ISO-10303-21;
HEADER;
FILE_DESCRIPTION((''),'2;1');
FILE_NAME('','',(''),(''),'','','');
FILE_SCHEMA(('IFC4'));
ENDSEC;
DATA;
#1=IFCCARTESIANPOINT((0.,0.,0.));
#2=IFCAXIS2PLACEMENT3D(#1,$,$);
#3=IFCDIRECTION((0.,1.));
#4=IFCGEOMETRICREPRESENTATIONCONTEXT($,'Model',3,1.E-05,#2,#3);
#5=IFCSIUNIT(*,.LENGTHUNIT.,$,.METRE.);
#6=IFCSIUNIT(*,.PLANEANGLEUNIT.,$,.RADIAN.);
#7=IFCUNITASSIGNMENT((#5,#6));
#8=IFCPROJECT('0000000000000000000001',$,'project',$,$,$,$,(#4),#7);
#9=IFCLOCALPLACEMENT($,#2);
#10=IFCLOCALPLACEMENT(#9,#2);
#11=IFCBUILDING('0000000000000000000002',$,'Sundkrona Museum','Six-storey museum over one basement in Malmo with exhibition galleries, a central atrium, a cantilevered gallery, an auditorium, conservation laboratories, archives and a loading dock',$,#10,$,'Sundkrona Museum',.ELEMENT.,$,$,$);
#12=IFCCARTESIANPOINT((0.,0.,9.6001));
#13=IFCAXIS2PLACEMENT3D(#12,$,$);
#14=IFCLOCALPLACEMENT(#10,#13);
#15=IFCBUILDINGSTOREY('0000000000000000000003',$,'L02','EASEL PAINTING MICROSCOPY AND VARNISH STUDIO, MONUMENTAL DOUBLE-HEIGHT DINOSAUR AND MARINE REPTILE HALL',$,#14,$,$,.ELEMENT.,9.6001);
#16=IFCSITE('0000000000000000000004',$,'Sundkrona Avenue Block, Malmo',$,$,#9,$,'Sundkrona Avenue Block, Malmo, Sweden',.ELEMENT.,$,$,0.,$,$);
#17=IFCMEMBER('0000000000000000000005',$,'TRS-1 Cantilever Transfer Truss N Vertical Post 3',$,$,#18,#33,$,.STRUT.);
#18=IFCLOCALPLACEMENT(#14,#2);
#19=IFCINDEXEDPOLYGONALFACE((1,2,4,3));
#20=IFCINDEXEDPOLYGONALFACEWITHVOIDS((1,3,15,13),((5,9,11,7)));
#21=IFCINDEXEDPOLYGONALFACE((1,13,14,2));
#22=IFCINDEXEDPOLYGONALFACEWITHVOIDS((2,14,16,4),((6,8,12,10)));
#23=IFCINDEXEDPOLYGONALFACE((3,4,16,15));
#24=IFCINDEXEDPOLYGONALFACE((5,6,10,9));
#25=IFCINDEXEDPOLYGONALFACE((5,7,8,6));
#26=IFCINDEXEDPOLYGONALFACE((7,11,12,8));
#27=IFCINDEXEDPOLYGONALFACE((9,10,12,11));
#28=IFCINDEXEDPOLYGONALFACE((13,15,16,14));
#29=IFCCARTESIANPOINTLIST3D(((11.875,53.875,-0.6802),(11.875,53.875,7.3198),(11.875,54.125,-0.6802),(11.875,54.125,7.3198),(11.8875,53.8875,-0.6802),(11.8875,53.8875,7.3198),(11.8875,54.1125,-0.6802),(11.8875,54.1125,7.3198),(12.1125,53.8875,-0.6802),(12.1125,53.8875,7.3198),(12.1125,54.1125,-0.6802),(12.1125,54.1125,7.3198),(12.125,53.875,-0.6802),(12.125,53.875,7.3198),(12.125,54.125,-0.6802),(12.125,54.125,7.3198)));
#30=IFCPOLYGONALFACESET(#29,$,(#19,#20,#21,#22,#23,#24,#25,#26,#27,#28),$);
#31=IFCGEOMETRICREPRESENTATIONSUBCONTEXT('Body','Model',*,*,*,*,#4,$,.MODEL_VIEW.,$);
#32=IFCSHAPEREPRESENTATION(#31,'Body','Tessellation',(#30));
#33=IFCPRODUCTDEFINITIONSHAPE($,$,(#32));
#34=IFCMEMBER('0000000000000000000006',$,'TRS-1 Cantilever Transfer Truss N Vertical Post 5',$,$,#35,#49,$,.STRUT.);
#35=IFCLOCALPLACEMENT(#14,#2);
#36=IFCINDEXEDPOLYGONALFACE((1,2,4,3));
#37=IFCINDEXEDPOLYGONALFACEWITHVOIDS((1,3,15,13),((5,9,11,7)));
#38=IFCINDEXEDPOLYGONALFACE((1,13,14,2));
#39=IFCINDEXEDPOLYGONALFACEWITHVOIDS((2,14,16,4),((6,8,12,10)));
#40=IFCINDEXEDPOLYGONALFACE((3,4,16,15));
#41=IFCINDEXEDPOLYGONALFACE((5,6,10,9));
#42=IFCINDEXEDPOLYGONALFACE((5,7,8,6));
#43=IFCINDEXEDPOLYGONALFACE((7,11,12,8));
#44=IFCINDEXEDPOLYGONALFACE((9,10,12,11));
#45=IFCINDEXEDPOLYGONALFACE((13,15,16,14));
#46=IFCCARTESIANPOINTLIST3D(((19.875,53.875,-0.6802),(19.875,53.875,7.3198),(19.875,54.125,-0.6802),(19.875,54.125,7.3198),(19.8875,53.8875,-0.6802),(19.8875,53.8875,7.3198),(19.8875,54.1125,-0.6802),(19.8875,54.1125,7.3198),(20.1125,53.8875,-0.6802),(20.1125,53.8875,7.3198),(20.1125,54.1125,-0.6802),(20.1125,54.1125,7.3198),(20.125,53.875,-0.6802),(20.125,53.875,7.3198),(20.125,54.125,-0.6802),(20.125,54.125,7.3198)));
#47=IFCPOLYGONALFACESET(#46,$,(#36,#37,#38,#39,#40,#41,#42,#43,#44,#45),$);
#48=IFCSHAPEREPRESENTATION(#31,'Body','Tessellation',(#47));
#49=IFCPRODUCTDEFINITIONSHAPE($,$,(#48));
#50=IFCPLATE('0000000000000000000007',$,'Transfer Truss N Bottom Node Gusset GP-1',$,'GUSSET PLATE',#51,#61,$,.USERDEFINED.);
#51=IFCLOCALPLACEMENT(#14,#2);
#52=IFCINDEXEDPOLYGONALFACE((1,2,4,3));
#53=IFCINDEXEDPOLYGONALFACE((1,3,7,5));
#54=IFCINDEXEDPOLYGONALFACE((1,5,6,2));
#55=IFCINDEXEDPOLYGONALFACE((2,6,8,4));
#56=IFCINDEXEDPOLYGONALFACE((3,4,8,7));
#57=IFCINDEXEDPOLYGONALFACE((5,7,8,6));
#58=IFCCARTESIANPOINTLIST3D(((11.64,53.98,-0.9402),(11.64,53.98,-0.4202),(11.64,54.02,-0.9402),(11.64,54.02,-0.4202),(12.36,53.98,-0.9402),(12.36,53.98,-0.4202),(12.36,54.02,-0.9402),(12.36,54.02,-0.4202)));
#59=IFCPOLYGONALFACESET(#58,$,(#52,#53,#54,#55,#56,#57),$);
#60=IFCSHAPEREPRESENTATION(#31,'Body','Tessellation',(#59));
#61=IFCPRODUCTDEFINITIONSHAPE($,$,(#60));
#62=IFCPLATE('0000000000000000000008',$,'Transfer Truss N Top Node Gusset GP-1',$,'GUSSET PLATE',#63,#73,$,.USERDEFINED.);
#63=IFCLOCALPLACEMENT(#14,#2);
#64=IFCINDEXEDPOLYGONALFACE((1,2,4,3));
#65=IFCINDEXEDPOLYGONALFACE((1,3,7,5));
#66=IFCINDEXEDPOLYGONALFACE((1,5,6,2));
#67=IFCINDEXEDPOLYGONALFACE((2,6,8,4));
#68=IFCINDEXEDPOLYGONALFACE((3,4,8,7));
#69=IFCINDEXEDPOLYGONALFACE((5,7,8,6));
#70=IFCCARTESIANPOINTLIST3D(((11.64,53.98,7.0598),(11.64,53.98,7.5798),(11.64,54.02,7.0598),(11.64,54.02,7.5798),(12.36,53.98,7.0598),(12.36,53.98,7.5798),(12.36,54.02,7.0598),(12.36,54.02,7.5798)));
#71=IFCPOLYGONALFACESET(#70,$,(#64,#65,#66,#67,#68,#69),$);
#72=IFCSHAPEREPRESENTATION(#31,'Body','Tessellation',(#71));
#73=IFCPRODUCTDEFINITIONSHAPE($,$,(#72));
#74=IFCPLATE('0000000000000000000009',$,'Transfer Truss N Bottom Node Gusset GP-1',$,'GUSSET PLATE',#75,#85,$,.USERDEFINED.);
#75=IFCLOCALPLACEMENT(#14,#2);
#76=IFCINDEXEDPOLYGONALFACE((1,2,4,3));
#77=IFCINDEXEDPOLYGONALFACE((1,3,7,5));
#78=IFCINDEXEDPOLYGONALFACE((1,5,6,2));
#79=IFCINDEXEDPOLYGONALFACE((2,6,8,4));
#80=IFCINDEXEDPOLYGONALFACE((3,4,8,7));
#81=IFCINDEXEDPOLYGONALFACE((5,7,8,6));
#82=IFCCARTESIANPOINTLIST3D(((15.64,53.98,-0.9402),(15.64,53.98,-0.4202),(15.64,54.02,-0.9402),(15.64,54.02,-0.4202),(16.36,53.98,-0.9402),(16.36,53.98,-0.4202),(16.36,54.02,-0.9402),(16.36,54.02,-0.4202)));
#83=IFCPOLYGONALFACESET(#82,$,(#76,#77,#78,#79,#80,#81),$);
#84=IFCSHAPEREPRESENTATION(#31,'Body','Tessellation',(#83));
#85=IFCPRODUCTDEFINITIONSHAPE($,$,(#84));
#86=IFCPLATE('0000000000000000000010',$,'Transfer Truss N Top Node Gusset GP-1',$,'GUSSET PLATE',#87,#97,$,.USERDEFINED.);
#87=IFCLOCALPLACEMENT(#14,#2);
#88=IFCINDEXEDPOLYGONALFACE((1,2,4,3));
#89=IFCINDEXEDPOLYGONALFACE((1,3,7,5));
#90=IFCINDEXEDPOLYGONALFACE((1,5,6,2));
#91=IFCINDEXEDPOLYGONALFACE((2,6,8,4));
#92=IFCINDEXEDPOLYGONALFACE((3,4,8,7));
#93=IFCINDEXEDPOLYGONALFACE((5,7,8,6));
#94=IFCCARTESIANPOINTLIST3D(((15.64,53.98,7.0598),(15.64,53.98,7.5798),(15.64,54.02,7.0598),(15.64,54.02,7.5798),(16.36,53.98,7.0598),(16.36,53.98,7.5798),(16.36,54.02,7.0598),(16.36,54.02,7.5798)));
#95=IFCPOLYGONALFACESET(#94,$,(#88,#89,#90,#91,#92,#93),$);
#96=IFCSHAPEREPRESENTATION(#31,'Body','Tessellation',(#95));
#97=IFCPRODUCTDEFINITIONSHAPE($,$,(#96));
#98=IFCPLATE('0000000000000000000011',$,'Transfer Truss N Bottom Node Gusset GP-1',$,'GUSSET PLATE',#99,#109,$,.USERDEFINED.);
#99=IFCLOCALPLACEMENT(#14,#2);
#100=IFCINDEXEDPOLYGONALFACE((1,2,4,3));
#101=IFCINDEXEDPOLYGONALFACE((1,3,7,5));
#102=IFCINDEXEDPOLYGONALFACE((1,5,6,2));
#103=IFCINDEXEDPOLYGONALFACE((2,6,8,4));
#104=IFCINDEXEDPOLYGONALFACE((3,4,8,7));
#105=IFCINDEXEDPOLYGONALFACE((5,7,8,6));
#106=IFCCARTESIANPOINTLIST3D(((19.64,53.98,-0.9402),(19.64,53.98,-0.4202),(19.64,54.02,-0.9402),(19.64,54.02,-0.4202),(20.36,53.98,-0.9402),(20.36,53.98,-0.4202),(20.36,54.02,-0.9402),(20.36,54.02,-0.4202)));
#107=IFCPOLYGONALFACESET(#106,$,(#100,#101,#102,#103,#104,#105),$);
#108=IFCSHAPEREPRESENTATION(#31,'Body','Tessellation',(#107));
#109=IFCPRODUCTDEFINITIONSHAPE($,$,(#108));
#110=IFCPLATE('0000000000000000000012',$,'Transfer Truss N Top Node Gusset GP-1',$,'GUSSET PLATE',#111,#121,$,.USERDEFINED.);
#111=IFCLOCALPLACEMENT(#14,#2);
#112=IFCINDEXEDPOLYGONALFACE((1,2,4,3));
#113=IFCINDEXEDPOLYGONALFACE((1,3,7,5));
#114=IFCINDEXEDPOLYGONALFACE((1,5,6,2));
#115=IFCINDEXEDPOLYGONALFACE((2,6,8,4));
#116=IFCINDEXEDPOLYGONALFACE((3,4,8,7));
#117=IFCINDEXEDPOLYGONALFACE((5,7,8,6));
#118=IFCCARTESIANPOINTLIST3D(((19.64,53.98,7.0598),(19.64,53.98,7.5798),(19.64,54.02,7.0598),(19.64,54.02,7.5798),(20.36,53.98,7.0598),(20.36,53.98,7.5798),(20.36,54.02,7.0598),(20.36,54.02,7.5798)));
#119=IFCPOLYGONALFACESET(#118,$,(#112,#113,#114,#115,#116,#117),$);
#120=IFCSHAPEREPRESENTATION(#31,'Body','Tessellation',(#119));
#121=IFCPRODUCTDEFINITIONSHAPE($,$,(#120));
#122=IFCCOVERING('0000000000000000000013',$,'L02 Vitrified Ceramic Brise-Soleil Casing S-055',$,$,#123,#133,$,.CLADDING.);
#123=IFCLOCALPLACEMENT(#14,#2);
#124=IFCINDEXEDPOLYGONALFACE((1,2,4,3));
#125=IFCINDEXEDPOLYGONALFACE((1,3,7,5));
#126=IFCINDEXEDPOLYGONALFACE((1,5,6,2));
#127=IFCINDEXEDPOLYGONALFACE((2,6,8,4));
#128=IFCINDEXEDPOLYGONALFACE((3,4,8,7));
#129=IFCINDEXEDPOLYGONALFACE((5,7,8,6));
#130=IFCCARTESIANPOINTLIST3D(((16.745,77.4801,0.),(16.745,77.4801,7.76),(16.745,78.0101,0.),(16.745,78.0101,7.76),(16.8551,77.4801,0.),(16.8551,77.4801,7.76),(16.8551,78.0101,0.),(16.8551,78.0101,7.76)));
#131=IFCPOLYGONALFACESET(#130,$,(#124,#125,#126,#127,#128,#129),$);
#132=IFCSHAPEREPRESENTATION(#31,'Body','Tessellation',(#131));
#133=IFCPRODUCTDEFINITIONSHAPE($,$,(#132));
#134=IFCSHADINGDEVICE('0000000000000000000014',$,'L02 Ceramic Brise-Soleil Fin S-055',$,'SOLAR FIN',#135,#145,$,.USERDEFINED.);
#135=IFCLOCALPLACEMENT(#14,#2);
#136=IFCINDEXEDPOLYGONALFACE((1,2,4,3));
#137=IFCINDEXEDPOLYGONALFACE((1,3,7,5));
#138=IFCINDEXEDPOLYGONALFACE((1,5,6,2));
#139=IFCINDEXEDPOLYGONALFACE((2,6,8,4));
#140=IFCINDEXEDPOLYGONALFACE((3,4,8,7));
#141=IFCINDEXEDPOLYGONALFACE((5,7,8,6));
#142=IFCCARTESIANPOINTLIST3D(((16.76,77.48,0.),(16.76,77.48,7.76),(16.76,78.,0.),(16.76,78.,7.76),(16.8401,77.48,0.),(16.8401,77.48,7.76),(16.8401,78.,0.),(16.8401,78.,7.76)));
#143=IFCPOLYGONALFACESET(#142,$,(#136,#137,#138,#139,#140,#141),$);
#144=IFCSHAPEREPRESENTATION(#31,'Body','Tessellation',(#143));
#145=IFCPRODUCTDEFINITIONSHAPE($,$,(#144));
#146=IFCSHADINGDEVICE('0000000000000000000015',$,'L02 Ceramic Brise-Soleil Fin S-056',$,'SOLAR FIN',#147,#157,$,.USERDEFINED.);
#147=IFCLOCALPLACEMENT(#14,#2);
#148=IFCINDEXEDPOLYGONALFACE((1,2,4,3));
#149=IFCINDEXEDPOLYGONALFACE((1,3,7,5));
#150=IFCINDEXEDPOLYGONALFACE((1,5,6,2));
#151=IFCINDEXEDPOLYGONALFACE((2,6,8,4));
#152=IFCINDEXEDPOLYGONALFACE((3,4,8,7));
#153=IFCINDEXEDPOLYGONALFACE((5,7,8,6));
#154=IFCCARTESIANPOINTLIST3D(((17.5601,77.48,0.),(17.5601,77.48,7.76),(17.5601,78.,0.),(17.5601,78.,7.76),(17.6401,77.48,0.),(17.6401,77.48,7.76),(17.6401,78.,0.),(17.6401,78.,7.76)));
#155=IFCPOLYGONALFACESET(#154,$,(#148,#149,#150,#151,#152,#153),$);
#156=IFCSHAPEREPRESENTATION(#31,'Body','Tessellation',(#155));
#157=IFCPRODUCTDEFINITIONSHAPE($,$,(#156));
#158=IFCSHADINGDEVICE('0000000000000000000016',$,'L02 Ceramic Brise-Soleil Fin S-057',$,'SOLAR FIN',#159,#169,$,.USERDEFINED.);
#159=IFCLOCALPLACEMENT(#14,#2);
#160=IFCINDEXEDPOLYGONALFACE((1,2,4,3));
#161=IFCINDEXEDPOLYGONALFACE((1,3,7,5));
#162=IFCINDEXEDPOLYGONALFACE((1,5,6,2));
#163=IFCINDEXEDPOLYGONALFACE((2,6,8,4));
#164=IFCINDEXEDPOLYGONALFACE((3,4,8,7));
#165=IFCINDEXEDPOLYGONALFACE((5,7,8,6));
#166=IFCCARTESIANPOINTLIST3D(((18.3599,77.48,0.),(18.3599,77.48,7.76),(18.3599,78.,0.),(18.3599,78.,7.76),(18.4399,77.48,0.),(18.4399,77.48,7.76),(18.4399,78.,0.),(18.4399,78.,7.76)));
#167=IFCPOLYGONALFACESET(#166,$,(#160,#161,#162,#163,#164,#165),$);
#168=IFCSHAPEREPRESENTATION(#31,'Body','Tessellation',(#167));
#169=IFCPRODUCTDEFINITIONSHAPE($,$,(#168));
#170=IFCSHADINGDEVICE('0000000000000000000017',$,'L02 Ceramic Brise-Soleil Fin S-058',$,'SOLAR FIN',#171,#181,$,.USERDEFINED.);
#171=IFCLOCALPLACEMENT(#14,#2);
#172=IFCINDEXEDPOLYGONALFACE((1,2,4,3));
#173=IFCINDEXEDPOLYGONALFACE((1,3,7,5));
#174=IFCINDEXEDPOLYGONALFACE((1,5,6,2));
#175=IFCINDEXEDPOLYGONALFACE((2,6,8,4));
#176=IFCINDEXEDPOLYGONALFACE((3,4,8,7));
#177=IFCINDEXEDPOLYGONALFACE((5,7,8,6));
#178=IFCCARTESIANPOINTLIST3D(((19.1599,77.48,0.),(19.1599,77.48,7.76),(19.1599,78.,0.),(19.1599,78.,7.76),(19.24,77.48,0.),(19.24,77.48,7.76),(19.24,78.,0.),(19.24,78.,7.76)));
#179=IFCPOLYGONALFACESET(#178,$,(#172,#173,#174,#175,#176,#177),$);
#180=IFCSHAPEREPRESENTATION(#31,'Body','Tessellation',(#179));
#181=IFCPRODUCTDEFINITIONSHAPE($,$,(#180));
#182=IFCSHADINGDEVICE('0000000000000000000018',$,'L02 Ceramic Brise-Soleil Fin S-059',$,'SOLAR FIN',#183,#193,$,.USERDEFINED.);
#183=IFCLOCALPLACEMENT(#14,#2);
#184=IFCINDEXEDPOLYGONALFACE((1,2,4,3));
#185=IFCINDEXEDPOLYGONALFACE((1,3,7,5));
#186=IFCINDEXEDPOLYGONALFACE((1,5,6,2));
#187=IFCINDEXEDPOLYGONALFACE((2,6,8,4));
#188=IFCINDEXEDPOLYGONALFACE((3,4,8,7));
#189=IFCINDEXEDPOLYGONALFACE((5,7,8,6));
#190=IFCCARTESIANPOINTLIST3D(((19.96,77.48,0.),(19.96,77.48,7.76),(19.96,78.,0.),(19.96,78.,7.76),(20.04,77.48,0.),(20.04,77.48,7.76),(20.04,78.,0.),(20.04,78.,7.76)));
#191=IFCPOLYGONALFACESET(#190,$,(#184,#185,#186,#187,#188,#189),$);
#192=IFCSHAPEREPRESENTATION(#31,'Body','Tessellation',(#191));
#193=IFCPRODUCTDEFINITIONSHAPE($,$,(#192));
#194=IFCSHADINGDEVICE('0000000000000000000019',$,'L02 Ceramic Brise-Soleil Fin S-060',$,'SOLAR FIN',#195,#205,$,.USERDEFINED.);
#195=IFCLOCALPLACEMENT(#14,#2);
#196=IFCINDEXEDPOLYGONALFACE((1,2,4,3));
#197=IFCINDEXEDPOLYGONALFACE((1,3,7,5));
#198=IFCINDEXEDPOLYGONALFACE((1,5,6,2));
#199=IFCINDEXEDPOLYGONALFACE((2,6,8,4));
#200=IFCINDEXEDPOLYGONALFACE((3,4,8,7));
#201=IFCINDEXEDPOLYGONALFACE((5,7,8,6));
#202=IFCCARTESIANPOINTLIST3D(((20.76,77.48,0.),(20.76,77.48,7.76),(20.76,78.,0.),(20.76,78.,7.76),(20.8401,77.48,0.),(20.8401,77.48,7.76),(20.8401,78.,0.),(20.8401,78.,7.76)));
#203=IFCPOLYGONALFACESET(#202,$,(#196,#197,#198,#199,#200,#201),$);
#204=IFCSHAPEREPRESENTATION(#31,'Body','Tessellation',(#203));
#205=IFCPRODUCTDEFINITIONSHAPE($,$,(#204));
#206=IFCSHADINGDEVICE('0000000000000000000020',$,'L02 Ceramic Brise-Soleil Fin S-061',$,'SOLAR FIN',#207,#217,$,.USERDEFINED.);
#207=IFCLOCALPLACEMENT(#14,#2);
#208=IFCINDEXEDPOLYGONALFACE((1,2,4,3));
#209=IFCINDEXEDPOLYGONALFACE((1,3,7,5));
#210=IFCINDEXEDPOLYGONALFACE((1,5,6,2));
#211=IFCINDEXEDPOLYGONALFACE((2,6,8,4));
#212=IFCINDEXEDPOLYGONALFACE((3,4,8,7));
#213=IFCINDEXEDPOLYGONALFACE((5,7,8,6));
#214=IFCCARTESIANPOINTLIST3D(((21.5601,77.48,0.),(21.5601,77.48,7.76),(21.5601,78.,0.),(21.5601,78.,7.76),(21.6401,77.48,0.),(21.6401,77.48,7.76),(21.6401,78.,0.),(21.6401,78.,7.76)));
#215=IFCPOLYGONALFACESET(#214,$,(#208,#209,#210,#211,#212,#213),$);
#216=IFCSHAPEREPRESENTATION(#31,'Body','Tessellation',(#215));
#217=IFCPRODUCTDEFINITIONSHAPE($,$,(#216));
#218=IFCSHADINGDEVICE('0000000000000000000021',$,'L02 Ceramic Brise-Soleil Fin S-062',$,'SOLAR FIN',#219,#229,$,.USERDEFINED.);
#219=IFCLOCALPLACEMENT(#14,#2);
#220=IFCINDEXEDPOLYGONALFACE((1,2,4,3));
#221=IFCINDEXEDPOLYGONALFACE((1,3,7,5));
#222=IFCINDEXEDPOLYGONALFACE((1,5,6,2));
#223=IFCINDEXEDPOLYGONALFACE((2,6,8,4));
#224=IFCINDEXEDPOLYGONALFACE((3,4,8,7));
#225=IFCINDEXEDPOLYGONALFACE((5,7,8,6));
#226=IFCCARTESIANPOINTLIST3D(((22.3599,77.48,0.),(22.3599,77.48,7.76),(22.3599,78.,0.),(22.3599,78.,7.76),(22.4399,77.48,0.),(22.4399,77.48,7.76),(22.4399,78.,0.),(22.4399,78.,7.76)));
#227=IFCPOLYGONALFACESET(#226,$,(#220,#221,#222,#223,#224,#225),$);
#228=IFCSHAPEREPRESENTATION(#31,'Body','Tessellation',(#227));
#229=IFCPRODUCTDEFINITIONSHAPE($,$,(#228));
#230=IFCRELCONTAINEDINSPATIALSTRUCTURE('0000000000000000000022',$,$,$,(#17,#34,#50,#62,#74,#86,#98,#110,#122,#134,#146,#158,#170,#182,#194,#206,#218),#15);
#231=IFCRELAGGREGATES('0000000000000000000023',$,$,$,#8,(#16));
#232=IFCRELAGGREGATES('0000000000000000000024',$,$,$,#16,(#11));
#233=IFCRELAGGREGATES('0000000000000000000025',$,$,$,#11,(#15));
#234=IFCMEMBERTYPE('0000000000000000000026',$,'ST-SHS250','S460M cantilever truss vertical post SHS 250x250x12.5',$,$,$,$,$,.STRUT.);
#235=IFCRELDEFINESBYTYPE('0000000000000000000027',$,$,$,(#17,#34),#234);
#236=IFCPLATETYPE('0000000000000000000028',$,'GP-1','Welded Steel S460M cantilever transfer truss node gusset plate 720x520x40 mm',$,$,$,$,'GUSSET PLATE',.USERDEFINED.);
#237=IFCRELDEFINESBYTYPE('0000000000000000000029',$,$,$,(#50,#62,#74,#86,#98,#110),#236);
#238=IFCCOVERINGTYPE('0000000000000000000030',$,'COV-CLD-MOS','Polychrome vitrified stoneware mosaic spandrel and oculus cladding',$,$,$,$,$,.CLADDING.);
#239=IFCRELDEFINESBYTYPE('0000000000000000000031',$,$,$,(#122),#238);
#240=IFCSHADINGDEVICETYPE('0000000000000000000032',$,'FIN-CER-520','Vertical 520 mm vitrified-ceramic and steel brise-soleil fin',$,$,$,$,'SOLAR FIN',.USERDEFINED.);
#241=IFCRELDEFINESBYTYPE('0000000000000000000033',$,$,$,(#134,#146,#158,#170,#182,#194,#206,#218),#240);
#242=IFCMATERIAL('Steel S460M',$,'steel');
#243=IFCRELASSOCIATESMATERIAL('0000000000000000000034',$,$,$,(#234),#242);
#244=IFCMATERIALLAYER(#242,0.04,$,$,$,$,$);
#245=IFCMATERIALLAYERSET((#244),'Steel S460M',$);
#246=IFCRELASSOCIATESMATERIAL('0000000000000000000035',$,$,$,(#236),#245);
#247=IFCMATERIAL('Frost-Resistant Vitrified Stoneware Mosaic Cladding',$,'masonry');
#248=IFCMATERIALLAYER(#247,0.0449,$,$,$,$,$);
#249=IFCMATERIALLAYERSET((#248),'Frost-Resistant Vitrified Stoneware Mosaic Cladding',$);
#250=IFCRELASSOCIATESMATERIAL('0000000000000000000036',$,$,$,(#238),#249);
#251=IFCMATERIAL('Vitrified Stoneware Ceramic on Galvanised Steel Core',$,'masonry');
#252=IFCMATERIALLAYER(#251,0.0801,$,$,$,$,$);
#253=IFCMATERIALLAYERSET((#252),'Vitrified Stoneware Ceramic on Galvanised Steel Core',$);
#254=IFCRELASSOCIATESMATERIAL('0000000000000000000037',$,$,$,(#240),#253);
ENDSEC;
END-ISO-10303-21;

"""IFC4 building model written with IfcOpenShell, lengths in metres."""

from ifc_helpers import new_model, si_unit, direction, frame, origin, origin_2d, place, context, subcontext, project, spatial, rectangle, hollow_rectangle, extrude, material, layer, layer_set, material_profile, profile_set, type_object, element, save


model = new_model("IFC4")

# Units and contexts
model_context = context("Model", 3, precision=1e-05, world=origin(), true_north=direction((0.0, 1.0)))
body_context = subcontext(model_context, "Body", "Model", "MODEL_VIEW")
ifc_project = project(units=[si_unit("LENGTHUNIT", "METRE"), si_unit("PLANEANGLEUNIT", "RADIAN")], contexts=[model_context])

# Site, building, storey
site_placement = place(None, origin())
site = spatial("IfcSite", under=ifc_project, at=site_placement, Name="Sundkrona Avenue Block, Malmo", LongName="Sundkrona Avenue Block, Malmo, Sweden", CompositionType="ELEMENT", RefElevation=0.0)
building_placement = place(site_placement, origin())
building = spatial("IfcBuilding", under=site, at=building_placement, Name="Sundkrona Museum", Description="Six-storey museum over one basement in Malmo with exhibition galleries, a central atrium, a cantilevered gallery, an auditorium, conservation laboratories, archives and a loading dock", LongName="Sundkrona Museum", CompositionType="ELEMENT")
storey_placement = place(building_placement, frame((0.0, 0.0, 9.6001)))
storey = spatial("IfcBuildingStorey", under=building, at=storey_placement, Name="L02", Description="EASEL PAINTING MICROSCOPY AND VARNISH STUDIO, MONUMENTAL DOUBLE-HEIGHT DINOSAUR AND MARINE REPTILE HALL", CompositionType="ELEMENT", Elevation=9.6001)

# Shared definitions
ifc_material_1 = material(Name="Steel S460M", Category="steel")

# Members
ifc_material_profile_1 = material_profile(ifc_material_1, hollow_rectangle(XDim=0.25, YDim=0.25, WallThickness=0.0125, at=origin_2d()), Name="SHS 250x250x12.5")
ifc_profile_set_1 = profile_set([ifc_material_profile_1], Name="Steel S460M")
member_type_1 = type_object("IfcMemberType", Name="ST-SHS250", Description="S460M cantilever truss vertical post SHS 250x250x12.5", PredefinedType="STRUT", material=ifc_profile_set_1)
for number, where, z_axis, x_axis, name in (
    (1, (12.0, 54.0, -0.6802), (0.0, 0.0, 1.0), (1.0, 0.0, 0.0), "TRS-1 Cantilever Transfer Truss N Vertical Post 3"),
    (2, (20.0, 54.0, -0.6802), (0.0, 0.0, 1.0), (1.0, 0.0, 0.0), "TRS-1 Cantilever Transfer Truss N Vertical Post 5"),
):
    element("IfcMember", number, at=place(storey_placement, frame(where, z_axis=z_axis, x_axis=x_axis)), inside=storey, type_object=member_type_1, Name=name, PredefinedType="STRUT", context=body_context, shape_type="SweptSolid", body=[
        extrude(hollow_rectangle(XDim=0.25, YDim=0.25, WallThickness=0.0125, at=origin_2d()), origin(), (0.0, 0.0, 1.0), 8.0),
    ])

# Plates
ifc_layer_1 = layer(ifc_material_1, 0.04)
ifc_layer_set_1 = layer_set([ifc_layer_1], Name="Steel S460M")
plate_type = type_object("IfcPlateType", Name="GP-1", Description="Welded Steel S460M cantilever transfer truss node gusset plate 720x520x40 mm", ElementType="GUSSET PLATE", PredefinedType="USERDEFINED", material=ifc_layer_set_1)
for number, where, z_axis, x_axis, name in (
    (3, (12.0, 54.0, -0.9402), (0.0, 0.0, 1.0), (1.0, 0.0, 0.0), "Transfer Truss N Bottom Node Gusset GP-1"),
    (4, (12.0, 54.0, 7.0598), (0.0, 0.0, 1.0), (1.0, 0.0, 0.0), "Transfer Truss N Top Node Gusset GP-1"),
    (5, (16.0, 54.0, -0.9402), (0.0, 0.0, 1.0), (1.0, 0.0, 0.0), "Transfer Truss N Bottom Node Gusset GP-1"),
    (6, (16.0, 54.0, 7.0598), (0.0, 0.0, 1.0), (1.0, 0.0, 0.0), "Transfer Truss N Top Node Gusset GP-1"),
    (7, (20.0, 54.0, -0.9402), (0.0, 0.0, 1.0), (1.0, 0.0, 0.0), "Transfer Truss N Bottom Node Gusset GP-1"),
    (8, (20.0, 54.0, 7.0598), (0.0, 0.0, 1.0), (1.0, 0.0, 0.0), "Transfer Truss N Top Node Gusset GP-1"),
):
    element("IfcPlate", number, at=place(storey_placement, frame(where, z_axis=z_axis, x_axis=x_axis)), inside=storey, type_object=plate_type, Name=name, ObjectType="GUSSET PLATE", PredefinedType="USERDEFINED", context=body_context, shape_type="SweptSolid", body=[
        extrude(rectangle(XDim=0.72, YDim=0.04, at=origin_2d()), origin(), (0.0, 0.0, 1.0), 0.52),
    ])

# Covering
ifc_material_2 = material(Name="Frost-Resistant Vitrified Stoneware Mosaic Cladding", Category="masonry")
ifc_layer_2 = layer(ifc_material_2, 0.0449)
ifc_layer_set_2 = layer_set([ifc_layer_2], Name="Frost-Resistant Vitrified Stoneware Mosaic Cladding")
covering_type = type_object("IfcCoveringType", Name="COV-CLD-MOS", Description="Polychrome vitrified stoneware mosaic spandrel and oculus cladding", PredefinedType="CLADDING", material=ifc_layer_set_2)
covering_placement = place(storey_placement, frame((16.8, 77.7451, 0.0), z_axis=(0.0, 0.0, 1.0), x_axis=(1.0, 0.0, 0.0)))
element("IfcCovering", 9, at=covering_placement, inside=storey, type_object=covering_type, Name="L02 Vitrified Ceramic Brise-Soleil Casing S-055", PredefinedType="CLADDING", context=body_context, shape_type="SweptSolid", body=[
    extrude(rectangle(XDim=0.1101, YDim=0.53, at=origin_2d()), origin(), (0.0, 0.0, 1.0), 7.76),
])

# Shading devices
ifc_material_3 = material(Name="Vitrified Stoneware Ceramic on Galvanised Steel Core", Category="masonry")
ifc_layer_3 = layer(ifc_material_3, 0.0801)
ifc_layer_set_3 = layer_set([ifc_layer_3], Name="Vitrified Stoneware Ceramic on Galvanised Steel Core")
shading_device_type = type_object("IfcShadingDeviceType", Name="FIN-CER-520", Description="Vertical 520 mm vitrified-ceramic and steel brise-soleil fin", ElementType="SOLAR FIN", PredefinedType="USERDEFINED", material=ifc_layer_set_3)
for number, where, z_axis, x_axis, name in (
    (10, (16.8, 77.74, 0.0), (0.0, 0.0, 1.0), (1.0, 0.0, 0.0), "L02 Ceramic Brise-Soleil Fin S-055"),
    (11, (17.6001, 77.74, 0.0), (0.0, 0.0, 1.0), (1.0, 0.0, 0.0), "L02 Ceramic Brise-Soleil Fin S-056"),
    (12, (18.3999, 77.74, 0.0), (0.0, 0.0, 1.0), (1.0, 0.0, 0.0), "L02 Ceramic Brise-Soleil Fin S-057"),
    (13, (19.2, 77.74, 0.0), (0.0, 0.0, 1.0), (1.0, 0.0, 0.0), "L02 Ceramic Brise-Soleil Fin S-058"),
    (14, (20.0, 77.74, 0.0), (0.0, 0.0, 1.0), (1.0, 0.0, 0.0), "L02 Ceramic Brise-Soleil Fin S-059"),
    (15, (20.8, 77.74, 0.0), (0.0, 0.0, 1.0), (1.0, 0.0, 0.0), "L02 Ceramic Brise-Soleil Fin S-060"),
    (16, (21.6001, 77.74, 0.0), (0.0, 0.0, 1.0), (1.0, 0.0, 0.0), "L02 Ceramic Brise-Soleil Fin S-061"),
    (17, (22.3999, 77.74, 0.0), (0.0, 0.0, 1.0), (1.0, 0.0, 0.0), "L02 Ceramic Brise-Soleil Fin S-062"),
):
    element("IfcShadingDevice", number, at=place(storey_placement, frame(where, z_axis=z_axis, x_axis=x_axis)), inside=storey, type_object=shading_device_type, Name=name, ObjectType="SOLAR FIN", PredefinedType="USERDEFINED", context=body_context, shape_type="SweptSolid", body=[
        extrude(rectangle(XDim=0.0801, YDim=0.52, at=origin_2d()), origin(), (0.0, 0.0, 1.0), 7.76),
    ])

save(model, "model.ifc")
